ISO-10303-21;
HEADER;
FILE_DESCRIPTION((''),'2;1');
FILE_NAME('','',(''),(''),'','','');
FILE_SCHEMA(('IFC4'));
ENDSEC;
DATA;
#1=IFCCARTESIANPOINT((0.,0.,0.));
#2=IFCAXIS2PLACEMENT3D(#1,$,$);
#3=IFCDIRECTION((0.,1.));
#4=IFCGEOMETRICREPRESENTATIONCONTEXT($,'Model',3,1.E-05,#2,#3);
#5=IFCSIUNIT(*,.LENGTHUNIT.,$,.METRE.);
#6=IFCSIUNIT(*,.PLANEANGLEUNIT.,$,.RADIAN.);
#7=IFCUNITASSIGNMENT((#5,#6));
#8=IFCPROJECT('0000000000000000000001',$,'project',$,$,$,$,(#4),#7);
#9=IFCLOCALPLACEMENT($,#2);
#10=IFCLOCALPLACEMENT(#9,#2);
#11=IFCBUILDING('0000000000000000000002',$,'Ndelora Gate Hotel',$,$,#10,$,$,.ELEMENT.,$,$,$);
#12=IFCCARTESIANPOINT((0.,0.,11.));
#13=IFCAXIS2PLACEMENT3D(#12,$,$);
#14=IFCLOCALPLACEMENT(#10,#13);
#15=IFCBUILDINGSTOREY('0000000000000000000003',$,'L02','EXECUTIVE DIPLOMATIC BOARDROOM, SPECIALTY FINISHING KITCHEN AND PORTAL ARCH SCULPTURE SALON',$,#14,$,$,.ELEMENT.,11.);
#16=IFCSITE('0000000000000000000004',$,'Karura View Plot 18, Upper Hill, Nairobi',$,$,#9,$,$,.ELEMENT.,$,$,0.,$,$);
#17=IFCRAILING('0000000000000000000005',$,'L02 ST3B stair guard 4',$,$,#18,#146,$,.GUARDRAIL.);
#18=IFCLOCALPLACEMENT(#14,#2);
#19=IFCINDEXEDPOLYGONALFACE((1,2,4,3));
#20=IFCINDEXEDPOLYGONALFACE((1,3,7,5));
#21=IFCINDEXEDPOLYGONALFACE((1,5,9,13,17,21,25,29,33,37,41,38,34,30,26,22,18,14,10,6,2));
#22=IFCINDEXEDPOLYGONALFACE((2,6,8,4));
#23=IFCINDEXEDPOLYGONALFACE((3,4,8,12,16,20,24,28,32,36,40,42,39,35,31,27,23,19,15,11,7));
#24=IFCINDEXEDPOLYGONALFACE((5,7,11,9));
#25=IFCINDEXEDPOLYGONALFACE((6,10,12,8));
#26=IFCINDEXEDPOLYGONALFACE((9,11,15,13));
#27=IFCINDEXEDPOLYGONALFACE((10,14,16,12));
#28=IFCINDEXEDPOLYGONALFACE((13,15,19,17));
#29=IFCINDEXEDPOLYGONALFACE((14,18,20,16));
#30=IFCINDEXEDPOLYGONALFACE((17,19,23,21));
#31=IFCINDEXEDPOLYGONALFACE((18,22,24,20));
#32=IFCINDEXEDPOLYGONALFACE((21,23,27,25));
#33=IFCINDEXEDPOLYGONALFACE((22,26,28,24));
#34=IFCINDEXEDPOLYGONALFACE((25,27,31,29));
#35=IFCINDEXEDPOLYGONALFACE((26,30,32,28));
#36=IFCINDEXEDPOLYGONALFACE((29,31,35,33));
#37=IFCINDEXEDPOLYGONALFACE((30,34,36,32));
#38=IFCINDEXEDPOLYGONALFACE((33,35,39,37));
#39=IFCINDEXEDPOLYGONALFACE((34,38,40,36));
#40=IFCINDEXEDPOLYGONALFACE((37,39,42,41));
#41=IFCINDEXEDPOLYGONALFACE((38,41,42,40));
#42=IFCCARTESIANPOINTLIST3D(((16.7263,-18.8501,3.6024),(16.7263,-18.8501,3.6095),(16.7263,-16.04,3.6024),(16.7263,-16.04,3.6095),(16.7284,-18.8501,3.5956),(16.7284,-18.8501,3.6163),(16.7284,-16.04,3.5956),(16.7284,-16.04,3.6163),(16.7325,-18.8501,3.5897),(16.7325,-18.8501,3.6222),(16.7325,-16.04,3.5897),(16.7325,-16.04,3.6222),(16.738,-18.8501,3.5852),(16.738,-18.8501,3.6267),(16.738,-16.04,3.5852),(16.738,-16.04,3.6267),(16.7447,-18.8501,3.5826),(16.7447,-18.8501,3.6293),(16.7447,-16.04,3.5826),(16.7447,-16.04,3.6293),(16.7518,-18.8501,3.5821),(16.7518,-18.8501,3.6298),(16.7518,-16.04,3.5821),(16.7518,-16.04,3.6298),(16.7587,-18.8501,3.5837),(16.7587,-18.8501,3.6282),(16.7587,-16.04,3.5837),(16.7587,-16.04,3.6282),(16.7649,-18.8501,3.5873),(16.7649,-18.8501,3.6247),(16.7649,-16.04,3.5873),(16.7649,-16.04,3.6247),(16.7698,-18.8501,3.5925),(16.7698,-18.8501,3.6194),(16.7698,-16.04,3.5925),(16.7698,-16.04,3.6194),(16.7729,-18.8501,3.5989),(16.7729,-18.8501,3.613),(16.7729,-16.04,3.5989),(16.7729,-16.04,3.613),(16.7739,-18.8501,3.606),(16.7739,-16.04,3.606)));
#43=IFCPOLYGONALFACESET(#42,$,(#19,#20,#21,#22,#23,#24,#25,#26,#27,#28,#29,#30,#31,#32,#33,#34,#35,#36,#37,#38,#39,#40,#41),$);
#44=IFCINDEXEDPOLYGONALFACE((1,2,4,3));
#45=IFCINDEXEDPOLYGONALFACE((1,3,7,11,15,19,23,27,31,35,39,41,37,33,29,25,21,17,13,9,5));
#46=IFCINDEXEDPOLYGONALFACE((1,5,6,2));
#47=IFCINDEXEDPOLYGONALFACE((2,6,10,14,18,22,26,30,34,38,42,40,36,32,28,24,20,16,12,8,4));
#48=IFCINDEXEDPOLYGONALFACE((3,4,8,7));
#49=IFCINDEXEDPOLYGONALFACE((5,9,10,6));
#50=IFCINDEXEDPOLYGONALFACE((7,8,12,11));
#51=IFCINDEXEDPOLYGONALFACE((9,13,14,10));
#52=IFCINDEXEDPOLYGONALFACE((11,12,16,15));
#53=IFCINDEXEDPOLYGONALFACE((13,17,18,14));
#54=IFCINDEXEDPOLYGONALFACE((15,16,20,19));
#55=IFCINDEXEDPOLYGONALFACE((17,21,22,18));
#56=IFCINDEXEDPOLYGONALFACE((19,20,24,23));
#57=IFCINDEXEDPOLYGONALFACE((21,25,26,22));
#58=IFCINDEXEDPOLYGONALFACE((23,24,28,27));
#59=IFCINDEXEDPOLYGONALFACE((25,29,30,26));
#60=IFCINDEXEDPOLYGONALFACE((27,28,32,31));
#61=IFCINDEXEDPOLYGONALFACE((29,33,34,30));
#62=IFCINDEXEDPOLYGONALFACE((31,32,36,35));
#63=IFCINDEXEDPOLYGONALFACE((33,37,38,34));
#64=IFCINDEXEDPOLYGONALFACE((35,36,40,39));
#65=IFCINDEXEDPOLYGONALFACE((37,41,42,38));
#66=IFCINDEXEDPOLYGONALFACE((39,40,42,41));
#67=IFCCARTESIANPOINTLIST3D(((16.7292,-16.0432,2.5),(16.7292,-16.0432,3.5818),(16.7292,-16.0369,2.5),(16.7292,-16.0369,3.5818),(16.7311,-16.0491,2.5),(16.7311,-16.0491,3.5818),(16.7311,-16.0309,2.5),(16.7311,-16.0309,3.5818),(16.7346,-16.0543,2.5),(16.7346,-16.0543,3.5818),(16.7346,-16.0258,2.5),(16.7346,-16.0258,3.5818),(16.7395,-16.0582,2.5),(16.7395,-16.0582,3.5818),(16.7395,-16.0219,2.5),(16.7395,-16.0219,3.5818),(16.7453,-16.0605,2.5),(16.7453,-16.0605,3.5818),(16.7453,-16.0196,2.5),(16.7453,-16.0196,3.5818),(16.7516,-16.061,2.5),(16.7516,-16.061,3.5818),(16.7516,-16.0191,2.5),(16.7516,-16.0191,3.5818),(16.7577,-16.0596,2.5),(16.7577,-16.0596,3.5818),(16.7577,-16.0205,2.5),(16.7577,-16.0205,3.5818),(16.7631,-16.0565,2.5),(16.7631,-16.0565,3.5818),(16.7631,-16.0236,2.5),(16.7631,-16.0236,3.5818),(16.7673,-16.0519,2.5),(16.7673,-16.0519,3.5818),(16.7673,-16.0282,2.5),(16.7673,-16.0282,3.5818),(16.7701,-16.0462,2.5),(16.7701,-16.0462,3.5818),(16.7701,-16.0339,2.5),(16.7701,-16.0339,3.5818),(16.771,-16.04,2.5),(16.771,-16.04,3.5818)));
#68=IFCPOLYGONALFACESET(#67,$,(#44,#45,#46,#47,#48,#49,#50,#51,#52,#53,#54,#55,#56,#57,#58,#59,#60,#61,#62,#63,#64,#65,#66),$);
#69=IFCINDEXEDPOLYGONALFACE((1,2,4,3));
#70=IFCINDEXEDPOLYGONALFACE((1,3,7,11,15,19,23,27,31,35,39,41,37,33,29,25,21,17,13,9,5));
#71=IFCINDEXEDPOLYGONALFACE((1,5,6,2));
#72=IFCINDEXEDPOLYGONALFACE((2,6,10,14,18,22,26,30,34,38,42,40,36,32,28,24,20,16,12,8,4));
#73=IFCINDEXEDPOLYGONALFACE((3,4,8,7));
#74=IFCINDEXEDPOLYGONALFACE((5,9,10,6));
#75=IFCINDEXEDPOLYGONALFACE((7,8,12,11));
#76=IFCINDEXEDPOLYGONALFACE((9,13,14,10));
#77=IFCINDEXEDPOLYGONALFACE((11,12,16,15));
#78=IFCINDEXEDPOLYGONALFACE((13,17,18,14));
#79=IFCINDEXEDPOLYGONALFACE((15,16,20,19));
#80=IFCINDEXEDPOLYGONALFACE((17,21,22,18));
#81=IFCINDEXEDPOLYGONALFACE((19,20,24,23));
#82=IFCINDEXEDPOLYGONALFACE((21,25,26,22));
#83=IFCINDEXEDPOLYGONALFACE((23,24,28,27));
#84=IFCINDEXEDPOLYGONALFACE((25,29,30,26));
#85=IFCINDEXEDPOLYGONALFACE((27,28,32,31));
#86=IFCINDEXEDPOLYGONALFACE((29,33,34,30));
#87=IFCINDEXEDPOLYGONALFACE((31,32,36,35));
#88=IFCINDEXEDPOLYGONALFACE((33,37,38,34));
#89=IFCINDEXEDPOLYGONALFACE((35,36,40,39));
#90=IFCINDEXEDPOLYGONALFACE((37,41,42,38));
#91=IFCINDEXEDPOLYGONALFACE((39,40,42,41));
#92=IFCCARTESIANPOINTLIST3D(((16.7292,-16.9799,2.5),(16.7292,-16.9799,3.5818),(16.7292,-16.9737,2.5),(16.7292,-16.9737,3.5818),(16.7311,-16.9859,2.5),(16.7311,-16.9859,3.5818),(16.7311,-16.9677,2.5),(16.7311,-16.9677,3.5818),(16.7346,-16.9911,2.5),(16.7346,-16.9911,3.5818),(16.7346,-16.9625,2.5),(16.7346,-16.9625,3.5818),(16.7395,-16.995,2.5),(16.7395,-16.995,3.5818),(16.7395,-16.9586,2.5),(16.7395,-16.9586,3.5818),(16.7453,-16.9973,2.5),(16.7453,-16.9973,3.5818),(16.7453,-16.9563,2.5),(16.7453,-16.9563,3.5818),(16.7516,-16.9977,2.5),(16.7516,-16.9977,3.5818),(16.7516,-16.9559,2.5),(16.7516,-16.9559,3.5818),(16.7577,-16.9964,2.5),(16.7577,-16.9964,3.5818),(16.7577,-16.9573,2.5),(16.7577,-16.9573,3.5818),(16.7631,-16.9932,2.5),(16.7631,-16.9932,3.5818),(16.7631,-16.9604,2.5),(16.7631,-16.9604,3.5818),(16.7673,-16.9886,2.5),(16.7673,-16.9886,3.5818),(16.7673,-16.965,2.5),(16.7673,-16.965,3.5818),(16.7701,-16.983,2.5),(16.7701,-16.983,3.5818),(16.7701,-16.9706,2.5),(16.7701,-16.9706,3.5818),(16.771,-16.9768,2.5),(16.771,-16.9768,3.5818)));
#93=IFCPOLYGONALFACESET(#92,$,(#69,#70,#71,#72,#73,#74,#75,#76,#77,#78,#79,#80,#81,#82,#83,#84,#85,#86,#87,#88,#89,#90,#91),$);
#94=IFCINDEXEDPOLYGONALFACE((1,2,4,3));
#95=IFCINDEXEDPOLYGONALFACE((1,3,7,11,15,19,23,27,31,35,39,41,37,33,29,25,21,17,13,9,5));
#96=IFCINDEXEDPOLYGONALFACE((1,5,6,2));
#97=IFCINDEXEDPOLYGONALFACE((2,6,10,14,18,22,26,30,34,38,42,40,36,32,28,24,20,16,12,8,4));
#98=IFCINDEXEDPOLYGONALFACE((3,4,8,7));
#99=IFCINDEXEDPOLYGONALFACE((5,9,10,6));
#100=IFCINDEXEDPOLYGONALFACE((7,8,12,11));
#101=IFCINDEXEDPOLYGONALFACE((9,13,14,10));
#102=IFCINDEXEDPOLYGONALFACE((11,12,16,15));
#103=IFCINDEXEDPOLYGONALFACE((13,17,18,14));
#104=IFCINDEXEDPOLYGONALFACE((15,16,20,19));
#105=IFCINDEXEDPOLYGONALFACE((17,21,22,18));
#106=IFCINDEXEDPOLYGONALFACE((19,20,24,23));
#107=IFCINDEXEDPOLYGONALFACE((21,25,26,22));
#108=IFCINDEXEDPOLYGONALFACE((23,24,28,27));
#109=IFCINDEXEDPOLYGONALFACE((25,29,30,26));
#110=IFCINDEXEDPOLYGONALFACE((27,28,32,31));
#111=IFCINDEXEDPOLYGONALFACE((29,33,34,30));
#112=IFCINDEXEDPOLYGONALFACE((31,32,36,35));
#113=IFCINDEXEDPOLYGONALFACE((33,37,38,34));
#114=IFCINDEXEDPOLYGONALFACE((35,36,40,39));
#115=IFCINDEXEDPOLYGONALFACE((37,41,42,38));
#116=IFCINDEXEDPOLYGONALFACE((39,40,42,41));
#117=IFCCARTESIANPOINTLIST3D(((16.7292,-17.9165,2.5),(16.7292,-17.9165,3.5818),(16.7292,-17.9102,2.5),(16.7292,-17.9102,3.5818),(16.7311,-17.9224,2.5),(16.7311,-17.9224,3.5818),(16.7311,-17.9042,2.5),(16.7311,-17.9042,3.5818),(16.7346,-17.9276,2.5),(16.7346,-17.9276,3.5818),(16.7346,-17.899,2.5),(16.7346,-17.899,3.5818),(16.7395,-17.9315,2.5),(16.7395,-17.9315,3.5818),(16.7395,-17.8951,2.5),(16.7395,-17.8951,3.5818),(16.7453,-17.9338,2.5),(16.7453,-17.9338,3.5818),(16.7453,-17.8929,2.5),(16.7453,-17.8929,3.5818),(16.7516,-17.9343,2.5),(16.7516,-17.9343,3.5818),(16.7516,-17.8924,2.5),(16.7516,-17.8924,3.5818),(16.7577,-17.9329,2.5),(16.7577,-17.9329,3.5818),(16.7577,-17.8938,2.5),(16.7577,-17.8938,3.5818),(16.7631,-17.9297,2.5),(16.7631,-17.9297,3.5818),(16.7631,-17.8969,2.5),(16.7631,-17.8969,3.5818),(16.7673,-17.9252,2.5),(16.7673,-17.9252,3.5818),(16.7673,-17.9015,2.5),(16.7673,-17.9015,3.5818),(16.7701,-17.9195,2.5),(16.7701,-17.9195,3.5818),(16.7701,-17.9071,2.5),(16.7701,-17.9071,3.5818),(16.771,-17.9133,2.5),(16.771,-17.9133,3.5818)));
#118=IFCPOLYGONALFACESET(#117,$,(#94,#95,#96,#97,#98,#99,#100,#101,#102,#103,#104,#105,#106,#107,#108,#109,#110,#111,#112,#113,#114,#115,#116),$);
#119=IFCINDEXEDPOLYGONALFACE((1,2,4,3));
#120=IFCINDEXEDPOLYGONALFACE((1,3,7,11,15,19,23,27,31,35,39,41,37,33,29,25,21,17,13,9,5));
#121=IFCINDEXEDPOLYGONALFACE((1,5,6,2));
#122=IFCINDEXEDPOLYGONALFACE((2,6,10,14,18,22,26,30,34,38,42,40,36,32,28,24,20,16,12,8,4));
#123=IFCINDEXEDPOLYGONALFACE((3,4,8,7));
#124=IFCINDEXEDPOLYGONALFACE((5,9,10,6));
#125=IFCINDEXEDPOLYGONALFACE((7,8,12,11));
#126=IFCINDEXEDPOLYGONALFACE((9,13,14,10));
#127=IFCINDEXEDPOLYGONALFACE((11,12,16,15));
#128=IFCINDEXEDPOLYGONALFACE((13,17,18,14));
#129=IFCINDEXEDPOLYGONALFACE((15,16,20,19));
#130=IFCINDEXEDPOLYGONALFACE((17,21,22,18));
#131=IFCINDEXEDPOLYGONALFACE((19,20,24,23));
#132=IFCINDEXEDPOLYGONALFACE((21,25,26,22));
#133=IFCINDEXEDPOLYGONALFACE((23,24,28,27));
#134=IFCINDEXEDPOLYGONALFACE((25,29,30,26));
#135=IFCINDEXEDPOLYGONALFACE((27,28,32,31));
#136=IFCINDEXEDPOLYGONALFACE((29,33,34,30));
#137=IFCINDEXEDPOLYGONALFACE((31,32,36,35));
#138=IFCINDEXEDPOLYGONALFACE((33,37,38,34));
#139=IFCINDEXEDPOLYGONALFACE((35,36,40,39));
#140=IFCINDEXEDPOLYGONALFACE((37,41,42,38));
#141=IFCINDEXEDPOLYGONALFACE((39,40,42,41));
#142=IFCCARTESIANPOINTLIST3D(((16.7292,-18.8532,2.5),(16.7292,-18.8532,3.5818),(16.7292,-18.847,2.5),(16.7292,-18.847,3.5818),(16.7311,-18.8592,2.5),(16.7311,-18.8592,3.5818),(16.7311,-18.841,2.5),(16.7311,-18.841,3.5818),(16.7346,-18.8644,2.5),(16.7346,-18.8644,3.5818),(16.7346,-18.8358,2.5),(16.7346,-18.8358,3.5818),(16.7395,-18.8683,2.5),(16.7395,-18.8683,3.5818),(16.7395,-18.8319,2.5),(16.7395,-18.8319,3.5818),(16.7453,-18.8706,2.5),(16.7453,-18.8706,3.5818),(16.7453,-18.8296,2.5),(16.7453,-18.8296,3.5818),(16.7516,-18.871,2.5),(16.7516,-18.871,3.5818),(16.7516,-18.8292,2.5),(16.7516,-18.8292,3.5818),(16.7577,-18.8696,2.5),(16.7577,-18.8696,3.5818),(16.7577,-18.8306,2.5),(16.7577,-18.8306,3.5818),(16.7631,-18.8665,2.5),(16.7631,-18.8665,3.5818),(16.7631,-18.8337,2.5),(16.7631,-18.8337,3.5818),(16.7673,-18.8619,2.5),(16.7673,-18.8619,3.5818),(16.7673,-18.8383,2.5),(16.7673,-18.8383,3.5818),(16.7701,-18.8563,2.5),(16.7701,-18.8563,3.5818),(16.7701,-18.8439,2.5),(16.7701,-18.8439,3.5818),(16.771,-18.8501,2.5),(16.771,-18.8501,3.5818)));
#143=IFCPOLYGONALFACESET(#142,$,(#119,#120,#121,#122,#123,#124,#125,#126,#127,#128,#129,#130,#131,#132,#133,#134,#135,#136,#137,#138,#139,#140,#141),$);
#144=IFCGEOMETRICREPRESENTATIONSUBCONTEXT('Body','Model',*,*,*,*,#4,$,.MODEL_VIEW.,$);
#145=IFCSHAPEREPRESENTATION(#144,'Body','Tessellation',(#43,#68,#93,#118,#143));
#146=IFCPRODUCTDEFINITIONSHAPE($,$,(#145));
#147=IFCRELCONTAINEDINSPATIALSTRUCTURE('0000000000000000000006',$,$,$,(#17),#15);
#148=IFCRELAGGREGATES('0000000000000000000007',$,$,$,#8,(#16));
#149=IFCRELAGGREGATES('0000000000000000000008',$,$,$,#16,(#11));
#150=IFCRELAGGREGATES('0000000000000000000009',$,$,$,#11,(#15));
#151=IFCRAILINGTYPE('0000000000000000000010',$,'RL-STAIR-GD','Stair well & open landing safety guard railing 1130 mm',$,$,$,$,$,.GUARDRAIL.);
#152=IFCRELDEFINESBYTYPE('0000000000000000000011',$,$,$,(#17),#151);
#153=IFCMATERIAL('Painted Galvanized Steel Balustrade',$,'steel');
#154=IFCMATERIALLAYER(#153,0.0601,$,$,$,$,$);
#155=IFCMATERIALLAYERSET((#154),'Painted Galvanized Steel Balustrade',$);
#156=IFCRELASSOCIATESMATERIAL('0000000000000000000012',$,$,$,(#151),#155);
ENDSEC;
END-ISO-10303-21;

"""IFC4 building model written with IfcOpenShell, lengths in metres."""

from ifc_helpers import new_model, si_unit, direction, frame, origin, origin_2d, place, context, subcontext, project, spatial, circle, extrude, material, layer, layer_set, type_object, element, save


model = new_model("IFC4")

# Units and contexts
model_context = context("Model", 3, precision=1e-05, world=origin(), true_north=direction((0.0, 1.0)))
body_context = subcontext(model_context, "Body", "Model", "MODEL_VIEW")
ifc_project = project(units=[si_unit("LENGTHUNIT", "METRE"), si_unit("PLANEANGLEUNIT", "RADIAN")], contexts=[model_context])

# Site, building, storey
site_placement = place(None, origin())
site = spatial("IfcSite", under=ifc_project, at=site_placement, Name="Karura View Plot 18, Upper Hill, Nairobi", CompositionType="ELEMENT", RefElevation=0.0)
building_placement = place(site_placement, origin())
building = spatial("IfcBuilding", under=site, at=building_placement, Name="Ndelora Gate Hotel", CompositionType="ELEMENT")
storey_placement = place(building_placement, frame((0.0, 0.0, 11.0)))
storey = spatial("IfcBuildingStorey", under=building, at=storey_placement, Name="L02", Description="EXECUTIVE DIPLOMATIC BOARDROOM, SPECIALTY FINISHING KITCHEN AND PORTAL ARCH SCULPTURE SALON", CompositionType="ELEMENT", Elevation=11.0)

# Railing
ifc_material_1 = material(Name="Painted Galvanized Steel Balustrade", Category="steel")
ifc_layer_1 = layer(ifc_material_1, 0.0601)
ifc_layer_set_1 = layer_set([ifc_layer_1], Name="Painted Galvanized Steel Balustrade")
railing_type_1 = type_object("IfcRailingType", Name="RL-STAIR-GD", Description="Stair well & open landing safety guard railing 1130 mm", PredefinedType="GUARDRAIL", material=ifc_layer_set_1)
for number, where, name in (
    (1, (16.75, -16.04, 2.5), "L02 ST3B stair guard 4"),
):
    element("IfcRailing", number, at=place(storey_placement, frame(where)), inside=storey, type_object=railing_type_1, Name=name, PredefinedType="GUARDRAIL", context=body_context, shape_type="SweptSolid", body=[
        extrude(circle(Radius=0.0239, at=origin_2d()), frame((0.0, 0.0, 1.106), z_axis=(0.0, -1.0, 0.0), x_axis=(1.0, 0.0, 0.0)), (0.0, 0.0, 1.0), 2.8101),
        extrude(circle(Radius=0.021, at=origin_2d()), origin(), (0.0, 0.0, 1.0), 1.0818),
        extrude(circle(Radius=0.021, at=origin_2d()), frame((0.0, -0.9368, 0.0)), (0.0, 0.0, 1.0), 1.0818),
        extrude(circle(Radius=0.021, at=origin_2d()), frame((0.0, -1.8733, 0.0)), (0.0, 0.0, 1.0), 1.0818),
        extrude(circle(Radius=0.021, at=origin_2d()), frame((0.0, -2.8101, 0.0)), (0.0, 0.0, 1.0), 1.0818),
    ])

save(model, "model.ifc")
